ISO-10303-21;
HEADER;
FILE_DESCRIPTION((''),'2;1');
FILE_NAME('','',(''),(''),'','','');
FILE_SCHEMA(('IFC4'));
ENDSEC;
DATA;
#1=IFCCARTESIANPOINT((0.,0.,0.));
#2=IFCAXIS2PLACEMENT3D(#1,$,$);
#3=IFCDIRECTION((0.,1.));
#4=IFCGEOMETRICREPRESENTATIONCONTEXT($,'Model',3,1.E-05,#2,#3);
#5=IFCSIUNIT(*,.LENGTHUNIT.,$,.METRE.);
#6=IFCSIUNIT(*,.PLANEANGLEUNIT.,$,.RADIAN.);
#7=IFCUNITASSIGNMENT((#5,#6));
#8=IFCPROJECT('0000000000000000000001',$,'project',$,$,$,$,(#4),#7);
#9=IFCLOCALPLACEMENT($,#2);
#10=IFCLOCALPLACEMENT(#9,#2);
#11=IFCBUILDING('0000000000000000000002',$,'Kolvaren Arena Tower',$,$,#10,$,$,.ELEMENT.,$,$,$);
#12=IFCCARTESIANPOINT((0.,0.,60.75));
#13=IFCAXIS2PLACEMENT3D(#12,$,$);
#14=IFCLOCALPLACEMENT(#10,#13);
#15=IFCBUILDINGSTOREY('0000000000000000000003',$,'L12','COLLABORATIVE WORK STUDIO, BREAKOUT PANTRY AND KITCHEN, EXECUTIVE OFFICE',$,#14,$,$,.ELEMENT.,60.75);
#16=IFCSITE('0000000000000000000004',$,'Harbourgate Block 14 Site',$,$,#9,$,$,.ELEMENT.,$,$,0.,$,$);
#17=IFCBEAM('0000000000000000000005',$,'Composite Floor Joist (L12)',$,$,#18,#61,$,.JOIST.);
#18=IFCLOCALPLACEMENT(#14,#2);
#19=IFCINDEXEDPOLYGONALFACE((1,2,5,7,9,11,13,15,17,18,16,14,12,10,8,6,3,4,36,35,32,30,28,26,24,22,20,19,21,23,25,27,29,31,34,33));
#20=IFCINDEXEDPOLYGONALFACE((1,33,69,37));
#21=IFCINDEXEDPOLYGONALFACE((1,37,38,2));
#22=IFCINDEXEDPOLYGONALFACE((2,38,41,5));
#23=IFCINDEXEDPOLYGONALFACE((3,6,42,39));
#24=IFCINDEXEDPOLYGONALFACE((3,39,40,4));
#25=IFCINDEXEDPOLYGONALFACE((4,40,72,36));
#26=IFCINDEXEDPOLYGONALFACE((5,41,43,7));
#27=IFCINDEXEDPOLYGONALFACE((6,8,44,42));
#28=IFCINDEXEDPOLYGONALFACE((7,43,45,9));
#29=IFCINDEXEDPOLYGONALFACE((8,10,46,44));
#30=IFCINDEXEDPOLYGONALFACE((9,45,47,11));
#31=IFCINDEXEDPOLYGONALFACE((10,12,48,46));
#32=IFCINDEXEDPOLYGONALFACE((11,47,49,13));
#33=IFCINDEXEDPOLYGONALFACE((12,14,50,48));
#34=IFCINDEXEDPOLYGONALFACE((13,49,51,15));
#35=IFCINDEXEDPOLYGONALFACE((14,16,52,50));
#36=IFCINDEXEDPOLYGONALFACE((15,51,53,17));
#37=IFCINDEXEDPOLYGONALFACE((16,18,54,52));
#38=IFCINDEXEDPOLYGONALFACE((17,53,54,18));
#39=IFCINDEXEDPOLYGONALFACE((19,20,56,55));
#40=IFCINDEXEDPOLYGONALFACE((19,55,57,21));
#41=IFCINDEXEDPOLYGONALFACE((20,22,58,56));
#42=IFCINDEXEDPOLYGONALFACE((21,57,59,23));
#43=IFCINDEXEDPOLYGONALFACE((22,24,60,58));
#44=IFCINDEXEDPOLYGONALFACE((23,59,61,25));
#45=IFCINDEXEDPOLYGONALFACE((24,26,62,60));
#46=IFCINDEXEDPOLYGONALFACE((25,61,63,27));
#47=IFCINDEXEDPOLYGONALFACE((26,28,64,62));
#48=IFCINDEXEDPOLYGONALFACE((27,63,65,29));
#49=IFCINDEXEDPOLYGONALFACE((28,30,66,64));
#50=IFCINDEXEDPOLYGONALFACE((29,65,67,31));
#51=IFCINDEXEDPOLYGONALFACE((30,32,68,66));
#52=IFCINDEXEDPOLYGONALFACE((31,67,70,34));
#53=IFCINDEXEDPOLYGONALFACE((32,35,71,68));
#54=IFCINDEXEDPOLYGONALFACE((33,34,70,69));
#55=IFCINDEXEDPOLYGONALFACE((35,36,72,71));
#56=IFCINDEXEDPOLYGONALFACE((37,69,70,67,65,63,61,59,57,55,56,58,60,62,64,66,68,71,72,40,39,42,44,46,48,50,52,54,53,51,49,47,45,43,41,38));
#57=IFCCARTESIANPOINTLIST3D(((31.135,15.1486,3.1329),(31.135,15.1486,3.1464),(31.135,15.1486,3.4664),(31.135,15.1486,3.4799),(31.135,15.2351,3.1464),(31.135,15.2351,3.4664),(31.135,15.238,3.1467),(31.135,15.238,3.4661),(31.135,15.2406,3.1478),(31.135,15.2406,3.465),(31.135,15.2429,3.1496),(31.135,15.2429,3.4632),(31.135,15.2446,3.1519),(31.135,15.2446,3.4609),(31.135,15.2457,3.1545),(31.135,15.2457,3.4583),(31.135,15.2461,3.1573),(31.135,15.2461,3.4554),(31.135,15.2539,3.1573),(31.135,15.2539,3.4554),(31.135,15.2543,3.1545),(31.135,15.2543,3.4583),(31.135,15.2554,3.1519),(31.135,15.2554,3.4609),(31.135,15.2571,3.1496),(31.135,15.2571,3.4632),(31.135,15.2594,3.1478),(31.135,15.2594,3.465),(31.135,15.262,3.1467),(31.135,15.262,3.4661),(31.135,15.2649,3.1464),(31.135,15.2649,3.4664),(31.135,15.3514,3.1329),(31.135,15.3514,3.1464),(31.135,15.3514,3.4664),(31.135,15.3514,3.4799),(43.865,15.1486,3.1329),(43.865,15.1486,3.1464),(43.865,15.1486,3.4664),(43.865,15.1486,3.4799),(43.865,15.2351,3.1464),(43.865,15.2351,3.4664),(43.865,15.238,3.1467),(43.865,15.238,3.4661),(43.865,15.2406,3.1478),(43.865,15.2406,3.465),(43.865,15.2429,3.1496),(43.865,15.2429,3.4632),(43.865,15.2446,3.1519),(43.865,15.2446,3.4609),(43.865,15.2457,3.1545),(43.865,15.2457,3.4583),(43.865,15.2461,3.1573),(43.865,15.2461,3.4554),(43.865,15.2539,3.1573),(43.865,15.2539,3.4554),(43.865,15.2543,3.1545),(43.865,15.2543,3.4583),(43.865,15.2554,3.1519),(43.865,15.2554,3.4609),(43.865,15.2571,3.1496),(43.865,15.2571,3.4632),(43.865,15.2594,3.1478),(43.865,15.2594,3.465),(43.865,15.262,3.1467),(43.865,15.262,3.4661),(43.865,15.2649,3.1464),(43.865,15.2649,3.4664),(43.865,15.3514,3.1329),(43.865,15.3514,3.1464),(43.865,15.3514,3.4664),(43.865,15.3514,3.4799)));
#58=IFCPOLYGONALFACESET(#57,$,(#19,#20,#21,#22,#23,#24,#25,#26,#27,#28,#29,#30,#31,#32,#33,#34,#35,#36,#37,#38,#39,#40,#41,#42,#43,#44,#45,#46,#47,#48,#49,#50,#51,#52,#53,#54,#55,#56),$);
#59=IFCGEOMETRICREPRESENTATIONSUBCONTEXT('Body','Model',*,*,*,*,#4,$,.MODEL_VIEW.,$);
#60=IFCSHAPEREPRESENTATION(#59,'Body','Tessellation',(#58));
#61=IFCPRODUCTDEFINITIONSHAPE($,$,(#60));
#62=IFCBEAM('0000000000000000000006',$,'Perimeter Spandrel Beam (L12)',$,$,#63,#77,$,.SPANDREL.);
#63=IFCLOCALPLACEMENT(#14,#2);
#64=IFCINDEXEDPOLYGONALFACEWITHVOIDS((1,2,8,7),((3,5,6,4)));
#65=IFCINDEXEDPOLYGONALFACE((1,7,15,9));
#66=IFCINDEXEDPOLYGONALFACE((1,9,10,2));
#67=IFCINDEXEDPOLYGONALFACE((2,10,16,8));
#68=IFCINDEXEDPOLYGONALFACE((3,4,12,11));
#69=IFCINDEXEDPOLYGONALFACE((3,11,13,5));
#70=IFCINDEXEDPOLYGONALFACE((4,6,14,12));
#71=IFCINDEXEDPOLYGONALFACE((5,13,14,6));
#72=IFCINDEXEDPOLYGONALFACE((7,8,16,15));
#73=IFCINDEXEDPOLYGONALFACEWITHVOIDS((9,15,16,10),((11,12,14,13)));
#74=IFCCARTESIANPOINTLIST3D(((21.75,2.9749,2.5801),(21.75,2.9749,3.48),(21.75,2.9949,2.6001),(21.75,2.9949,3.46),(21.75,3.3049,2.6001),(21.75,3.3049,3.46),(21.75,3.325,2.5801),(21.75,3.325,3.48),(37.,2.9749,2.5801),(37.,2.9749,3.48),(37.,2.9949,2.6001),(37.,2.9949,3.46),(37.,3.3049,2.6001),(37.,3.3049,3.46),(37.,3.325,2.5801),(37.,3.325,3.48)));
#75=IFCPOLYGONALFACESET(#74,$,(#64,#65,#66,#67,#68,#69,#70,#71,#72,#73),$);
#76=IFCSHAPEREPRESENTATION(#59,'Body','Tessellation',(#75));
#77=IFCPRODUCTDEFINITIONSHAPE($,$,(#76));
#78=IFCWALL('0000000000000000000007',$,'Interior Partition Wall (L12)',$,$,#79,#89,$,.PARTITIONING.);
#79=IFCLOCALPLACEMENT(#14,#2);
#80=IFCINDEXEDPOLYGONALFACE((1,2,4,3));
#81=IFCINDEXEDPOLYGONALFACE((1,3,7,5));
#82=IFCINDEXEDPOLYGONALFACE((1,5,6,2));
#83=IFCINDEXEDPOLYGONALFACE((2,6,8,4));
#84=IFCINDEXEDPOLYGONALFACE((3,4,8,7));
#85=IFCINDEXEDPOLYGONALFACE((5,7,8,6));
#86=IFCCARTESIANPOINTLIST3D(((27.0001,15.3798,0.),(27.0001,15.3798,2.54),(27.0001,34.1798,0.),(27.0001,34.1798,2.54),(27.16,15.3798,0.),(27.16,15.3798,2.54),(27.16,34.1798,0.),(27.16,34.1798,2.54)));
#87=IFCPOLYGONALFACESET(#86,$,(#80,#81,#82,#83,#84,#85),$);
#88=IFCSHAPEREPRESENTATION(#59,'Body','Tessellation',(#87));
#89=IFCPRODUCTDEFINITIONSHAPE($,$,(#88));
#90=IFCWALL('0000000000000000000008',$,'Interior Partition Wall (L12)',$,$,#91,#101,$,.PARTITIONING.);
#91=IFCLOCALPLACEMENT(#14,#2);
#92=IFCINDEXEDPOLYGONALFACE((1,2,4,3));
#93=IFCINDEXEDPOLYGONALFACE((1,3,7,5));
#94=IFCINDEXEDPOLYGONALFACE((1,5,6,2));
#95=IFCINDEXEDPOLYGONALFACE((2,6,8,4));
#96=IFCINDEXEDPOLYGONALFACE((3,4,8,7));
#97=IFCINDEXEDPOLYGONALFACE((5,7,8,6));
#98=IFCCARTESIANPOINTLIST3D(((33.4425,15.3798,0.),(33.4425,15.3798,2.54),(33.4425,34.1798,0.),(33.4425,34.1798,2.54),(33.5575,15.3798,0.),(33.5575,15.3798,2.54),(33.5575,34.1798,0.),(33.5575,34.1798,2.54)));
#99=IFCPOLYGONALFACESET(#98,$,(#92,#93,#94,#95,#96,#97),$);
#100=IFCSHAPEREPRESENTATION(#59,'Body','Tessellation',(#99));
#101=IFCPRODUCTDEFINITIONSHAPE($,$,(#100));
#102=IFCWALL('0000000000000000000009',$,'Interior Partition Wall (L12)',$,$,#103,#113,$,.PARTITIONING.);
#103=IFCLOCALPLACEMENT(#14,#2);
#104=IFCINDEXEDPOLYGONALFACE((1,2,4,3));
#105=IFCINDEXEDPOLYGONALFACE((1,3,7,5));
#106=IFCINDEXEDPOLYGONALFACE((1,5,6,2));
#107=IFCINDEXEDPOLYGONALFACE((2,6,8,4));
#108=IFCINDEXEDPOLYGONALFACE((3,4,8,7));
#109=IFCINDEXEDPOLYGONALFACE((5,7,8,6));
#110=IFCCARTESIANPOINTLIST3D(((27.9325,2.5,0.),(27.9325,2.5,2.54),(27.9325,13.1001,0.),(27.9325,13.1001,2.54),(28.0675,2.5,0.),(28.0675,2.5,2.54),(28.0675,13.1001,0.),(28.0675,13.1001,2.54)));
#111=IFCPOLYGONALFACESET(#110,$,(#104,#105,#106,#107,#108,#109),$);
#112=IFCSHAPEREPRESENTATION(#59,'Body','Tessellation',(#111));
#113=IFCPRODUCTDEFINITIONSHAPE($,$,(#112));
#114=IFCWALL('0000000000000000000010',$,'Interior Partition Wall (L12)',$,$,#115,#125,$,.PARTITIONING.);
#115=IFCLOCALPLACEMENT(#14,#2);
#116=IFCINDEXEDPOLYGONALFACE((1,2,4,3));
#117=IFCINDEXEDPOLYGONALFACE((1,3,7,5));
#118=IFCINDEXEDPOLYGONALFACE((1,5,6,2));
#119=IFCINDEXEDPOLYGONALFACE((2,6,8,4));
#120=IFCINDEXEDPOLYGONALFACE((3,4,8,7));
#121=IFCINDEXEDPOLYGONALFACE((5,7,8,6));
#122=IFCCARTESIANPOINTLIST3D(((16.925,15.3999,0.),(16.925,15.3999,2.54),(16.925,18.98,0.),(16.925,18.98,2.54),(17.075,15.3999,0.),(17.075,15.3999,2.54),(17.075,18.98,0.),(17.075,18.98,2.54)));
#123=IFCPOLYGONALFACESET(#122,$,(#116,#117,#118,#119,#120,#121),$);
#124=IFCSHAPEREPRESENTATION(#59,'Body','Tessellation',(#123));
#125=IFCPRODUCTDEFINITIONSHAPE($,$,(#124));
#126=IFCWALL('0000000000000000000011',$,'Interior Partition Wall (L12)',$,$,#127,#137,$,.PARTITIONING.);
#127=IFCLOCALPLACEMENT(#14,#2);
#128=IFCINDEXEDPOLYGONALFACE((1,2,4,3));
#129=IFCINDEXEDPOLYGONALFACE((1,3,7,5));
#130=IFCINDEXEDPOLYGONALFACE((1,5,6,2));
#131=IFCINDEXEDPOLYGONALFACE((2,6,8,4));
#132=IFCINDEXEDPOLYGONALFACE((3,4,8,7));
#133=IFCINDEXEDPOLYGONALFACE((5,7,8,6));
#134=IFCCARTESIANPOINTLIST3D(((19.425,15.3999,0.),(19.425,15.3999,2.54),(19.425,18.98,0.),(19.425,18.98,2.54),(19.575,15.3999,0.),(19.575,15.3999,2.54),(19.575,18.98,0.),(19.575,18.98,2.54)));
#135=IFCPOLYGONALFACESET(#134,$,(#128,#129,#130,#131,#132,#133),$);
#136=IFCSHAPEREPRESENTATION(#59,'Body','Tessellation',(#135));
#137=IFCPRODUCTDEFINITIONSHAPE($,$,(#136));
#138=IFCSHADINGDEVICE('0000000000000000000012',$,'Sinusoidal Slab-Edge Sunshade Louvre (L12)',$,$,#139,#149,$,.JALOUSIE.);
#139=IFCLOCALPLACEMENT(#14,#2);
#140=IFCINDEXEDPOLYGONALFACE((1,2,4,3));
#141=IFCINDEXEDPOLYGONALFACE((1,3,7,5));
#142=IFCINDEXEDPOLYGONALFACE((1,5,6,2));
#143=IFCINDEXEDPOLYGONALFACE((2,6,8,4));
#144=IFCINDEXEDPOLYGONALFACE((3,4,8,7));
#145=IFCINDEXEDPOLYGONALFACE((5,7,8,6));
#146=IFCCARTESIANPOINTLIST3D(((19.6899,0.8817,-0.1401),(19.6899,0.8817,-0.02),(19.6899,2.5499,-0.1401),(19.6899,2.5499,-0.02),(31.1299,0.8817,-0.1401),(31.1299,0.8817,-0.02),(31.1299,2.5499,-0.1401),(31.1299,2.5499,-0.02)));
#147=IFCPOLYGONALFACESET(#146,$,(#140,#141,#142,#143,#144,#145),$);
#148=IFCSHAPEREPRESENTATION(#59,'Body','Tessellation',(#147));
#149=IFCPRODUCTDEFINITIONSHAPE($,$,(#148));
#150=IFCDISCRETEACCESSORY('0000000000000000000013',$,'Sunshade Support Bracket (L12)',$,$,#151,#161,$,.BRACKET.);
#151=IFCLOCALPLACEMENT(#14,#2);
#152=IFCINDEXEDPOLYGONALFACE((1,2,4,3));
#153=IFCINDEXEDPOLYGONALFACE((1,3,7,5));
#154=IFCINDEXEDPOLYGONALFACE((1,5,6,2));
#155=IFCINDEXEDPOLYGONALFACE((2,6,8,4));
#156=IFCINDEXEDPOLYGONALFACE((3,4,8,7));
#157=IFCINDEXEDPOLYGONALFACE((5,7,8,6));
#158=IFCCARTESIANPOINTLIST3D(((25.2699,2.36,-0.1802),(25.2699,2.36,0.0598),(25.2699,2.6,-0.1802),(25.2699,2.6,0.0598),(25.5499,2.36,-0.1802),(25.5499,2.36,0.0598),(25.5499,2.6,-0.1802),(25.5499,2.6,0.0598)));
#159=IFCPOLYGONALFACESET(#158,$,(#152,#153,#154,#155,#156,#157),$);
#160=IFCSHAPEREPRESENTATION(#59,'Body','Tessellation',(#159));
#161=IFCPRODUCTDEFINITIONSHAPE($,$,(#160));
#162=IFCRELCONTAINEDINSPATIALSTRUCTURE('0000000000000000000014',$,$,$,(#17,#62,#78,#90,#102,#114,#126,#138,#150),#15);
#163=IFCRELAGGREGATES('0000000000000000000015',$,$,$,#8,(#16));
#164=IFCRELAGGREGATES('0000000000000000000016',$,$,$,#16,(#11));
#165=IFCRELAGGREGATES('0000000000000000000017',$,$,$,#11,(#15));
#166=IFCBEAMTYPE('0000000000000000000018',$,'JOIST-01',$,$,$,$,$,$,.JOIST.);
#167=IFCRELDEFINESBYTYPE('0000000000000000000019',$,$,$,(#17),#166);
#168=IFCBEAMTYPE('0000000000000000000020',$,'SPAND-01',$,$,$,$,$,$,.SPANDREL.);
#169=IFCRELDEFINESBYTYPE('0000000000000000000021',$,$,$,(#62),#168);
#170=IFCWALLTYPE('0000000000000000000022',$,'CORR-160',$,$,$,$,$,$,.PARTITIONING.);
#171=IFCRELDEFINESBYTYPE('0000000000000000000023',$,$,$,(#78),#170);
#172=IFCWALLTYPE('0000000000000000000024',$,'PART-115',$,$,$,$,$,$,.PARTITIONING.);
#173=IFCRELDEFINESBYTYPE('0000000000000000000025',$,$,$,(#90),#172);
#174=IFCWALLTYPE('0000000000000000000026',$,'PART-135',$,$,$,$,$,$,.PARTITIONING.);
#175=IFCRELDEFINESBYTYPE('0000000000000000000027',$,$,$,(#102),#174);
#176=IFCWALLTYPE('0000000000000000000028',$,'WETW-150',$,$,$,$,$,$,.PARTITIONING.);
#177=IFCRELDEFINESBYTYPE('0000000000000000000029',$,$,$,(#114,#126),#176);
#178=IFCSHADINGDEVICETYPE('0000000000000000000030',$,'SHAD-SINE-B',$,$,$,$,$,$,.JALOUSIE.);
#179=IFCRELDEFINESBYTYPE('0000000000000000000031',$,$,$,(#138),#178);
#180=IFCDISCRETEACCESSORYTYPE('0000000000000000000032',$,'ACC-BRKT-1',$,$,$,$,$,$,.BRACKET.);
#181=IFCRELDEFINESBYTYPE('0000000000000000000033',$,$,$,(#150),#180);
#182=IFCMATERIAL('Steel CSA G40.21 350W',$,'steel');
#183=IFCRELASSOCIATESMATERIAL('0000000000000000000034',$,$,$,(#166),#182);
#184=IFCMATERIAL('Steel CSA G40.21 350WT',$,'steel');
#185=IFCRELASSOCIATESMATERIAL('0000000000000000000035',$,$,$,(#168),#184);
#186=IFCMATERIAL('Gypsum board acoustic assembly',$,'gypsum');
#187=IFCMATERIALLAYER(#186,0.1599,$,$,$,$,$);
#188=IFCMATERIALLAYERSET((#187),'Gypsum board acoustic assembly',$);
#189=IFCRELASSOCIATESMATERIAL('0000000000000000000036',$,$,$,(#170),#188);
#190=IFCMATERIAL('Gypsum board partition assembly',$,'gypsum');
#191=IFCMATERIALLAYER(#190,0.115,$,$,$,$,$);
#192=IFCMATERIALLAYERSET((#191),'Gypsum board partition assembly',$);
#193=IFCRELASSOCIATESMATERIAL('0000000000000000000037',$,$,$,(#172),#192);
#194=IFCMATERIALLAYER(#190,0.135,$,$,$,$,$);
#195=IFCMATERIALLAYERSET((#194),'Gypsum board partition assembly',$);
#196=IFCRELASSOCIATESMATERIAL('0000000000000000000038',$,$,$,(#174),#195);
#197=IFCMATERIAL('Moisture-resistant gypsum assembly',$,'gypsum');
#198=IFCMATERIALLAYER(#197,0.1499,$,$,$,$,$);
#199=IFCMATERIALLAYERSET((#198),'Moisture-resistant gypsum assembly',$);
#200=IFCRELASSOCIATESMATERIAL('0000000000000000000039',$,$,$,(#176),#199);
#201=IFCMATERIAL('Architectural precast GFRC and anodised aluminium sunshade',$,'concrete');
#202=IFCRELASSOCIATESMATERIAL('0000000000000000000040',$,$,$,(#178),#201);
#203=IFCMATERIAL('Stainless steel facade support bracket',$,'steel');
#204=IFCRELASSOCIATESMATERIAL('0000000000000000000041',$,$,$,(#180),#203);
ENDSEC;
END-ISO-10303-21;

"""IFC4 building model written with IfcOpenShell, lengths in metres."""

from ifc_helpers import new_model, si_unit, direction, frame, frame_2d, origin, origin_2d, place, context, subcontext, project, spatial, rectangle, hollow_rectangle, i_section, extrude, material, layer, layer_set, material_profile, profile_set, type_object, element, save


model = new_model("IFC4")

# Units and contexts
model_context = context("Model", 3, precision=1e-05, world=origin(), true_north=direction((0.0, 1.0)))
body_context = subcontext(model_context, "Body", "Model", "MODEL_VIEW")
ifc_project = project(units=[si_unit("LENGTHUNIT", "METRE"), si_unit("PLANEANGLEUNIT", "RADIAN")], contexts=[model_context])

# Site, building, storey
site_placement = place(None, origin())
site = spatial("IfcSite", under=ifc_project, at=site_placement, Name="Harbourgate Block 14 Site", CompositionType="ELEMENT", RefElevation=0.0)
building_placement = place(site_placement, origin())
building = spatial("IfcBuilding", under=site, at=building_placement, Name="Kolvaren Arena Tower", CompositionType="ELEMENT")
storey_placement = place(building_placement, frame((0.0, 0.0, 60.75)))
storey = spatial("IfcBuildingStorey", under=building, at=storey_placement, Name="L12", Description="COLLABORATIVE WORK STUDIO, BREAKOUT PANTRY AND KITCHEN, EXECUTIVE OFFICE", CompositionType="ELEMENT", Elevation=60.75)

# Beams
ifc_material_1 = material(Name="Steel CSA G40.21 350W", Category="steel")
ifc_material_profile_1 = material_profile(ifc_material_1, i_section(OverallWidth=0.2029, OverallDepth=0.3469, WebThickness=0.0078, FlangeThickness=0.0134, FilletRadius=0.011, at=origin_2d()), Name="W360x64")
ifc_profile_set_1 = profile_set([ifc_material_profile_1], Name="Steel CSA G40.21 350W")
beam_type_1 = type_object("IfcBeamType", Name="JOIST-01", PredefinedType="JOIST", material=ifc_profile_set_1)
beam_1_placement = place(storey_placement, frame((31.135, 15.25, 3.3064), z_axis=(1.0, 0.0, 0.0), x_axis=(0.0, 1.0, 0.0)))
element("IfcBeam", 1, at=beam_1_placement, inside=storey, type_object=beam_type_1, Name="Composite Floor Joist (L12)", PredefinedType="JOIST", context=body_context, shape_type="SweptSolid", body=[
    extrude(i_section(OverallWidth=0.2029, OverallDepth=0.3469, WebThickness=0.0078, FlangeThickness=0.0134, FilletRadius=0.011, at=origin_2d()), origin(), (0.0, 0.0, 1.0), 12.73),
])
ifc_material_2 = material(Name="Steel CSA G40.21 350WT", Category="steel")
ifc_material_profile_2 = material_profile(ifc_material_2, hollow_rectangle(XDim=0.3501, YDim=0.8999, WallThickness=0.02, at=origin_2d()), Name="HSS 900x350x20")
ifc_profile_set_2 = profile_set([ifc_material_profile_2], Name="Steel CSA G40.21 350WT")
beam_type_2 = type_object("IfcBeamType", Name="SPAND-01", PredefinedType="SPANDREL", material=ifc_profile_set_2)
beam_2_placement = place(storey_placement, frame((21.75, 3.1499, 3.03), z_axis=(1.0, 0.0, 0.0), x_axis=(0.0, 1.0, 0.0)))
element("IfcBeam", 2, at=beam_2_placement, inside=storey, type_object=beam_type_2, Name="Perimeter Spandrel Beam (L12)", PredefinedType="SPANDREL", context=body_context, shape_type="SweptSolid", body=[
    extrude(hollow_rectangle(XDim=0.3501, YDim=0.8999, WallThickness=0.02, at=origin_2d()), origin(), (0.0, 0.0, 1.0), 15.25),
])

# Shared definitions
ifc_material_3 = material(Name="Gypsum board acoustic assembly", Category="gypsum")
ifc_layer_1 = layer(ifc_material_3, 0.1599)
ifc_layer_set_1 = layer_set([ifc_layer_1], Name="Gypsum board acoustic assembly")
wall_type_1 = type_object("IfcWallType", Name="CORR-160", PredefinedType="PARTITIONING", material=ifc_layer_set_1)

# Walls
wall_1_placement = place(storey_placement, frame((27.0801, 15.3799, 0.0), z_axis=(0.0, 0.0, 1.0), x_axis=(0.0, 1.0, 0.0)))
element("IfcWall", 3, at=wall_1_placement, inside=storey, type_object=wall_type_1, Name="Interior Partition Wall (L12)", PredefinedType="PARTITIONING", context=body_context, shape_type="SweptSolid", body=[
    extrude(rectangle(XDim=18.8, YDim=0.1599, at=frame_2d((9.3999, 0.0))), origin(), (0.0, 0.0, 1.0), 2.54),
])
ifc_material_4 = material(Name="Gypsum board partition assembly", Category="gypsum")
ifc_layer_2 = layer(ifc_material_4, 0.115)
ifc_layer_set_2 = layer_set([ifc_layer_2], Name="Gypsum board partition assembly")
wall_type_2 = type_object("IfcWallType", Name="PART-115", PredefinedType="PARTITIONING", material=ifc_layer_set_2)
wall_2_placement = place(storey_placement, frame((33.5, 15.3799, 0.0), z_axis=(0.0, 0.0, 1.0), x_axis=(0.0, 1.0, 0.0)))
element("IfcWall", 4, at=wall_2_placement, inside=storey, type_object=wall_type_2, Name="Interior Partition Wall (L12)", PredefinedType="PARTITIONING", context=body_context, shape_type="SweptSolid", body=[
    extrude(rectangle(XDim=18.8, YDim=0.115, at=frame_2d((9.3999, 0.0))), origin(), (0.0, 0.0, 1.0), 2.54),
])
ifc_layer_3 = layer(ifc_material_4, 0.135)
ifc_layer_set_3 = layer_set([ifc_layer_3], Name="Gypsum board partition assembly")
wall_type_3 = type_object("IfcWallType", Name="PART-135", PredefinedType="PARTITIONING", material=ifc_layer_set_3)
wall_3_placement = place(storey_placement, frame((28.0, 2.5, 0.0), z_axis=(0.0, 0.0, 1.0), x_axis=(0.0, 1.0, 0.0)))
element("IfcWall", 5, at=wall_3_placement, inside=storey, type_object=wall_type_3, Name="Interior Partition Wall (L12)", PredefinedType="PARTITIONING", context=body_context, shape_type="SweptSolid", body=[
    extrude(rectangle(XDim=10.6001, YDim=0.135, at=frame_2d((5.3, 0.0))), origin(), (0.0, 0.0, 1.0), 2.54),
])
ifc_material_5 = material(Name="Moisture-resistant gypsum assembly", Category="gypsum")
ifc_layer_4 = layer(ifc_material_5, 0.1499)
ifc_layer_set_4 = layer_set([ifc_layer_4], Name="Moisture-resistant gypsum assembly")
wall_type_4 = type_object("IfcWallType", Name="WETW-150", PredefinedType="PARTITIONING", material=ifc_layer_set_4)
for number, where, z_axis, x_axis, name in (
    (6, (17.0, 15.3999, 0.0), (0.0, 0.0, 1.0), (0.0, 1.0, 0.0), "Interior Partition Wall (L12)"),
    (7, (19.5, 15.3999, 0.0), (0.0, 0.0, 1.0), (0.0, 1.0, 0.0), "Interior Partition Wall (L12)"),
):
    element("IfcWall", number, at=place(storey_placement, frame(where, z_axis=z_axis, x_axis=x_axis)), inside=storey, type_object=wall_type_4, Name=name, PredefinedType="PARTITIONING", context=body_context, shape_type="SweptSolid", body=[
        extrude(rectangle(XDim=3.5801, YDim=0.1499, at=frame_2d((1.79, 0.0))), origin(), (0.0, 0.0, 1.0), 2.54),
    ])

# Shading device
ifc_material_6 = material(Name="Architectural precast GFRC and anodised aluminium sunshade", Category="concrete")
shading_device_type = type_object("IfcShadingDeviceType", Name="SHAD-SINE-B", PredefinedType="JALOUSIE", material=ifc_material_6)
shading_device_placement = place(storey_placement, frame((25.4099, 1.7158, -0.1401), z_axis=(0.0, 0.0, 1.0), x_axis=(-1.0, 0.0, 0.0)))
element("IfcShadingDevice", 8, at=shading_device_placement, inside=storey, type_object=shading_device_type, Name="Sinusoidal Slab-Edge Sunshade Louvre (L12)", PredefinedType="JALOUSIE", context=body_context, shape_type="SweptSolid", body=[
    extrude(rectangle(XDim=11.4399, YDim=1.6682, at=origin_2d()), origin(), (0.0, 0.0, 1.0), 0.1201),
])

# Discrete accessory
ifc_material_7 = material(Name="Stainless steel facade support bracket", Category="steel")
discrete_accessory_type = type_object("IfcDiscreteAccessoryType", Name="ACC-BRKT-1", PredefinedType="BRACKET", material=ifc_material_7)
discrete_accessory_placement = place(storey_placement, frame((25.4099, 2.48, -0.1802), z_axis=(0.0, 0.0, 1.0), x_axis=(-1.0, 0.0, 0.0)))
element("IfcDiscreteAccessory", 9, at=discrete_accessory_placement, inside=storey, type_object=discrete_accessory_type, Name="Sunshade Support Bracket (L12)", PredefinedType="BRACKET", context=body_context, shape_type="SweptSolid", body=[
    extrude(rectangle(XDim=0.28, YDim=0.24, at=origin_2d()), origin(), (0.0, 0.0, 1.0), 0.24),
])

save(model, "model.ifc")
